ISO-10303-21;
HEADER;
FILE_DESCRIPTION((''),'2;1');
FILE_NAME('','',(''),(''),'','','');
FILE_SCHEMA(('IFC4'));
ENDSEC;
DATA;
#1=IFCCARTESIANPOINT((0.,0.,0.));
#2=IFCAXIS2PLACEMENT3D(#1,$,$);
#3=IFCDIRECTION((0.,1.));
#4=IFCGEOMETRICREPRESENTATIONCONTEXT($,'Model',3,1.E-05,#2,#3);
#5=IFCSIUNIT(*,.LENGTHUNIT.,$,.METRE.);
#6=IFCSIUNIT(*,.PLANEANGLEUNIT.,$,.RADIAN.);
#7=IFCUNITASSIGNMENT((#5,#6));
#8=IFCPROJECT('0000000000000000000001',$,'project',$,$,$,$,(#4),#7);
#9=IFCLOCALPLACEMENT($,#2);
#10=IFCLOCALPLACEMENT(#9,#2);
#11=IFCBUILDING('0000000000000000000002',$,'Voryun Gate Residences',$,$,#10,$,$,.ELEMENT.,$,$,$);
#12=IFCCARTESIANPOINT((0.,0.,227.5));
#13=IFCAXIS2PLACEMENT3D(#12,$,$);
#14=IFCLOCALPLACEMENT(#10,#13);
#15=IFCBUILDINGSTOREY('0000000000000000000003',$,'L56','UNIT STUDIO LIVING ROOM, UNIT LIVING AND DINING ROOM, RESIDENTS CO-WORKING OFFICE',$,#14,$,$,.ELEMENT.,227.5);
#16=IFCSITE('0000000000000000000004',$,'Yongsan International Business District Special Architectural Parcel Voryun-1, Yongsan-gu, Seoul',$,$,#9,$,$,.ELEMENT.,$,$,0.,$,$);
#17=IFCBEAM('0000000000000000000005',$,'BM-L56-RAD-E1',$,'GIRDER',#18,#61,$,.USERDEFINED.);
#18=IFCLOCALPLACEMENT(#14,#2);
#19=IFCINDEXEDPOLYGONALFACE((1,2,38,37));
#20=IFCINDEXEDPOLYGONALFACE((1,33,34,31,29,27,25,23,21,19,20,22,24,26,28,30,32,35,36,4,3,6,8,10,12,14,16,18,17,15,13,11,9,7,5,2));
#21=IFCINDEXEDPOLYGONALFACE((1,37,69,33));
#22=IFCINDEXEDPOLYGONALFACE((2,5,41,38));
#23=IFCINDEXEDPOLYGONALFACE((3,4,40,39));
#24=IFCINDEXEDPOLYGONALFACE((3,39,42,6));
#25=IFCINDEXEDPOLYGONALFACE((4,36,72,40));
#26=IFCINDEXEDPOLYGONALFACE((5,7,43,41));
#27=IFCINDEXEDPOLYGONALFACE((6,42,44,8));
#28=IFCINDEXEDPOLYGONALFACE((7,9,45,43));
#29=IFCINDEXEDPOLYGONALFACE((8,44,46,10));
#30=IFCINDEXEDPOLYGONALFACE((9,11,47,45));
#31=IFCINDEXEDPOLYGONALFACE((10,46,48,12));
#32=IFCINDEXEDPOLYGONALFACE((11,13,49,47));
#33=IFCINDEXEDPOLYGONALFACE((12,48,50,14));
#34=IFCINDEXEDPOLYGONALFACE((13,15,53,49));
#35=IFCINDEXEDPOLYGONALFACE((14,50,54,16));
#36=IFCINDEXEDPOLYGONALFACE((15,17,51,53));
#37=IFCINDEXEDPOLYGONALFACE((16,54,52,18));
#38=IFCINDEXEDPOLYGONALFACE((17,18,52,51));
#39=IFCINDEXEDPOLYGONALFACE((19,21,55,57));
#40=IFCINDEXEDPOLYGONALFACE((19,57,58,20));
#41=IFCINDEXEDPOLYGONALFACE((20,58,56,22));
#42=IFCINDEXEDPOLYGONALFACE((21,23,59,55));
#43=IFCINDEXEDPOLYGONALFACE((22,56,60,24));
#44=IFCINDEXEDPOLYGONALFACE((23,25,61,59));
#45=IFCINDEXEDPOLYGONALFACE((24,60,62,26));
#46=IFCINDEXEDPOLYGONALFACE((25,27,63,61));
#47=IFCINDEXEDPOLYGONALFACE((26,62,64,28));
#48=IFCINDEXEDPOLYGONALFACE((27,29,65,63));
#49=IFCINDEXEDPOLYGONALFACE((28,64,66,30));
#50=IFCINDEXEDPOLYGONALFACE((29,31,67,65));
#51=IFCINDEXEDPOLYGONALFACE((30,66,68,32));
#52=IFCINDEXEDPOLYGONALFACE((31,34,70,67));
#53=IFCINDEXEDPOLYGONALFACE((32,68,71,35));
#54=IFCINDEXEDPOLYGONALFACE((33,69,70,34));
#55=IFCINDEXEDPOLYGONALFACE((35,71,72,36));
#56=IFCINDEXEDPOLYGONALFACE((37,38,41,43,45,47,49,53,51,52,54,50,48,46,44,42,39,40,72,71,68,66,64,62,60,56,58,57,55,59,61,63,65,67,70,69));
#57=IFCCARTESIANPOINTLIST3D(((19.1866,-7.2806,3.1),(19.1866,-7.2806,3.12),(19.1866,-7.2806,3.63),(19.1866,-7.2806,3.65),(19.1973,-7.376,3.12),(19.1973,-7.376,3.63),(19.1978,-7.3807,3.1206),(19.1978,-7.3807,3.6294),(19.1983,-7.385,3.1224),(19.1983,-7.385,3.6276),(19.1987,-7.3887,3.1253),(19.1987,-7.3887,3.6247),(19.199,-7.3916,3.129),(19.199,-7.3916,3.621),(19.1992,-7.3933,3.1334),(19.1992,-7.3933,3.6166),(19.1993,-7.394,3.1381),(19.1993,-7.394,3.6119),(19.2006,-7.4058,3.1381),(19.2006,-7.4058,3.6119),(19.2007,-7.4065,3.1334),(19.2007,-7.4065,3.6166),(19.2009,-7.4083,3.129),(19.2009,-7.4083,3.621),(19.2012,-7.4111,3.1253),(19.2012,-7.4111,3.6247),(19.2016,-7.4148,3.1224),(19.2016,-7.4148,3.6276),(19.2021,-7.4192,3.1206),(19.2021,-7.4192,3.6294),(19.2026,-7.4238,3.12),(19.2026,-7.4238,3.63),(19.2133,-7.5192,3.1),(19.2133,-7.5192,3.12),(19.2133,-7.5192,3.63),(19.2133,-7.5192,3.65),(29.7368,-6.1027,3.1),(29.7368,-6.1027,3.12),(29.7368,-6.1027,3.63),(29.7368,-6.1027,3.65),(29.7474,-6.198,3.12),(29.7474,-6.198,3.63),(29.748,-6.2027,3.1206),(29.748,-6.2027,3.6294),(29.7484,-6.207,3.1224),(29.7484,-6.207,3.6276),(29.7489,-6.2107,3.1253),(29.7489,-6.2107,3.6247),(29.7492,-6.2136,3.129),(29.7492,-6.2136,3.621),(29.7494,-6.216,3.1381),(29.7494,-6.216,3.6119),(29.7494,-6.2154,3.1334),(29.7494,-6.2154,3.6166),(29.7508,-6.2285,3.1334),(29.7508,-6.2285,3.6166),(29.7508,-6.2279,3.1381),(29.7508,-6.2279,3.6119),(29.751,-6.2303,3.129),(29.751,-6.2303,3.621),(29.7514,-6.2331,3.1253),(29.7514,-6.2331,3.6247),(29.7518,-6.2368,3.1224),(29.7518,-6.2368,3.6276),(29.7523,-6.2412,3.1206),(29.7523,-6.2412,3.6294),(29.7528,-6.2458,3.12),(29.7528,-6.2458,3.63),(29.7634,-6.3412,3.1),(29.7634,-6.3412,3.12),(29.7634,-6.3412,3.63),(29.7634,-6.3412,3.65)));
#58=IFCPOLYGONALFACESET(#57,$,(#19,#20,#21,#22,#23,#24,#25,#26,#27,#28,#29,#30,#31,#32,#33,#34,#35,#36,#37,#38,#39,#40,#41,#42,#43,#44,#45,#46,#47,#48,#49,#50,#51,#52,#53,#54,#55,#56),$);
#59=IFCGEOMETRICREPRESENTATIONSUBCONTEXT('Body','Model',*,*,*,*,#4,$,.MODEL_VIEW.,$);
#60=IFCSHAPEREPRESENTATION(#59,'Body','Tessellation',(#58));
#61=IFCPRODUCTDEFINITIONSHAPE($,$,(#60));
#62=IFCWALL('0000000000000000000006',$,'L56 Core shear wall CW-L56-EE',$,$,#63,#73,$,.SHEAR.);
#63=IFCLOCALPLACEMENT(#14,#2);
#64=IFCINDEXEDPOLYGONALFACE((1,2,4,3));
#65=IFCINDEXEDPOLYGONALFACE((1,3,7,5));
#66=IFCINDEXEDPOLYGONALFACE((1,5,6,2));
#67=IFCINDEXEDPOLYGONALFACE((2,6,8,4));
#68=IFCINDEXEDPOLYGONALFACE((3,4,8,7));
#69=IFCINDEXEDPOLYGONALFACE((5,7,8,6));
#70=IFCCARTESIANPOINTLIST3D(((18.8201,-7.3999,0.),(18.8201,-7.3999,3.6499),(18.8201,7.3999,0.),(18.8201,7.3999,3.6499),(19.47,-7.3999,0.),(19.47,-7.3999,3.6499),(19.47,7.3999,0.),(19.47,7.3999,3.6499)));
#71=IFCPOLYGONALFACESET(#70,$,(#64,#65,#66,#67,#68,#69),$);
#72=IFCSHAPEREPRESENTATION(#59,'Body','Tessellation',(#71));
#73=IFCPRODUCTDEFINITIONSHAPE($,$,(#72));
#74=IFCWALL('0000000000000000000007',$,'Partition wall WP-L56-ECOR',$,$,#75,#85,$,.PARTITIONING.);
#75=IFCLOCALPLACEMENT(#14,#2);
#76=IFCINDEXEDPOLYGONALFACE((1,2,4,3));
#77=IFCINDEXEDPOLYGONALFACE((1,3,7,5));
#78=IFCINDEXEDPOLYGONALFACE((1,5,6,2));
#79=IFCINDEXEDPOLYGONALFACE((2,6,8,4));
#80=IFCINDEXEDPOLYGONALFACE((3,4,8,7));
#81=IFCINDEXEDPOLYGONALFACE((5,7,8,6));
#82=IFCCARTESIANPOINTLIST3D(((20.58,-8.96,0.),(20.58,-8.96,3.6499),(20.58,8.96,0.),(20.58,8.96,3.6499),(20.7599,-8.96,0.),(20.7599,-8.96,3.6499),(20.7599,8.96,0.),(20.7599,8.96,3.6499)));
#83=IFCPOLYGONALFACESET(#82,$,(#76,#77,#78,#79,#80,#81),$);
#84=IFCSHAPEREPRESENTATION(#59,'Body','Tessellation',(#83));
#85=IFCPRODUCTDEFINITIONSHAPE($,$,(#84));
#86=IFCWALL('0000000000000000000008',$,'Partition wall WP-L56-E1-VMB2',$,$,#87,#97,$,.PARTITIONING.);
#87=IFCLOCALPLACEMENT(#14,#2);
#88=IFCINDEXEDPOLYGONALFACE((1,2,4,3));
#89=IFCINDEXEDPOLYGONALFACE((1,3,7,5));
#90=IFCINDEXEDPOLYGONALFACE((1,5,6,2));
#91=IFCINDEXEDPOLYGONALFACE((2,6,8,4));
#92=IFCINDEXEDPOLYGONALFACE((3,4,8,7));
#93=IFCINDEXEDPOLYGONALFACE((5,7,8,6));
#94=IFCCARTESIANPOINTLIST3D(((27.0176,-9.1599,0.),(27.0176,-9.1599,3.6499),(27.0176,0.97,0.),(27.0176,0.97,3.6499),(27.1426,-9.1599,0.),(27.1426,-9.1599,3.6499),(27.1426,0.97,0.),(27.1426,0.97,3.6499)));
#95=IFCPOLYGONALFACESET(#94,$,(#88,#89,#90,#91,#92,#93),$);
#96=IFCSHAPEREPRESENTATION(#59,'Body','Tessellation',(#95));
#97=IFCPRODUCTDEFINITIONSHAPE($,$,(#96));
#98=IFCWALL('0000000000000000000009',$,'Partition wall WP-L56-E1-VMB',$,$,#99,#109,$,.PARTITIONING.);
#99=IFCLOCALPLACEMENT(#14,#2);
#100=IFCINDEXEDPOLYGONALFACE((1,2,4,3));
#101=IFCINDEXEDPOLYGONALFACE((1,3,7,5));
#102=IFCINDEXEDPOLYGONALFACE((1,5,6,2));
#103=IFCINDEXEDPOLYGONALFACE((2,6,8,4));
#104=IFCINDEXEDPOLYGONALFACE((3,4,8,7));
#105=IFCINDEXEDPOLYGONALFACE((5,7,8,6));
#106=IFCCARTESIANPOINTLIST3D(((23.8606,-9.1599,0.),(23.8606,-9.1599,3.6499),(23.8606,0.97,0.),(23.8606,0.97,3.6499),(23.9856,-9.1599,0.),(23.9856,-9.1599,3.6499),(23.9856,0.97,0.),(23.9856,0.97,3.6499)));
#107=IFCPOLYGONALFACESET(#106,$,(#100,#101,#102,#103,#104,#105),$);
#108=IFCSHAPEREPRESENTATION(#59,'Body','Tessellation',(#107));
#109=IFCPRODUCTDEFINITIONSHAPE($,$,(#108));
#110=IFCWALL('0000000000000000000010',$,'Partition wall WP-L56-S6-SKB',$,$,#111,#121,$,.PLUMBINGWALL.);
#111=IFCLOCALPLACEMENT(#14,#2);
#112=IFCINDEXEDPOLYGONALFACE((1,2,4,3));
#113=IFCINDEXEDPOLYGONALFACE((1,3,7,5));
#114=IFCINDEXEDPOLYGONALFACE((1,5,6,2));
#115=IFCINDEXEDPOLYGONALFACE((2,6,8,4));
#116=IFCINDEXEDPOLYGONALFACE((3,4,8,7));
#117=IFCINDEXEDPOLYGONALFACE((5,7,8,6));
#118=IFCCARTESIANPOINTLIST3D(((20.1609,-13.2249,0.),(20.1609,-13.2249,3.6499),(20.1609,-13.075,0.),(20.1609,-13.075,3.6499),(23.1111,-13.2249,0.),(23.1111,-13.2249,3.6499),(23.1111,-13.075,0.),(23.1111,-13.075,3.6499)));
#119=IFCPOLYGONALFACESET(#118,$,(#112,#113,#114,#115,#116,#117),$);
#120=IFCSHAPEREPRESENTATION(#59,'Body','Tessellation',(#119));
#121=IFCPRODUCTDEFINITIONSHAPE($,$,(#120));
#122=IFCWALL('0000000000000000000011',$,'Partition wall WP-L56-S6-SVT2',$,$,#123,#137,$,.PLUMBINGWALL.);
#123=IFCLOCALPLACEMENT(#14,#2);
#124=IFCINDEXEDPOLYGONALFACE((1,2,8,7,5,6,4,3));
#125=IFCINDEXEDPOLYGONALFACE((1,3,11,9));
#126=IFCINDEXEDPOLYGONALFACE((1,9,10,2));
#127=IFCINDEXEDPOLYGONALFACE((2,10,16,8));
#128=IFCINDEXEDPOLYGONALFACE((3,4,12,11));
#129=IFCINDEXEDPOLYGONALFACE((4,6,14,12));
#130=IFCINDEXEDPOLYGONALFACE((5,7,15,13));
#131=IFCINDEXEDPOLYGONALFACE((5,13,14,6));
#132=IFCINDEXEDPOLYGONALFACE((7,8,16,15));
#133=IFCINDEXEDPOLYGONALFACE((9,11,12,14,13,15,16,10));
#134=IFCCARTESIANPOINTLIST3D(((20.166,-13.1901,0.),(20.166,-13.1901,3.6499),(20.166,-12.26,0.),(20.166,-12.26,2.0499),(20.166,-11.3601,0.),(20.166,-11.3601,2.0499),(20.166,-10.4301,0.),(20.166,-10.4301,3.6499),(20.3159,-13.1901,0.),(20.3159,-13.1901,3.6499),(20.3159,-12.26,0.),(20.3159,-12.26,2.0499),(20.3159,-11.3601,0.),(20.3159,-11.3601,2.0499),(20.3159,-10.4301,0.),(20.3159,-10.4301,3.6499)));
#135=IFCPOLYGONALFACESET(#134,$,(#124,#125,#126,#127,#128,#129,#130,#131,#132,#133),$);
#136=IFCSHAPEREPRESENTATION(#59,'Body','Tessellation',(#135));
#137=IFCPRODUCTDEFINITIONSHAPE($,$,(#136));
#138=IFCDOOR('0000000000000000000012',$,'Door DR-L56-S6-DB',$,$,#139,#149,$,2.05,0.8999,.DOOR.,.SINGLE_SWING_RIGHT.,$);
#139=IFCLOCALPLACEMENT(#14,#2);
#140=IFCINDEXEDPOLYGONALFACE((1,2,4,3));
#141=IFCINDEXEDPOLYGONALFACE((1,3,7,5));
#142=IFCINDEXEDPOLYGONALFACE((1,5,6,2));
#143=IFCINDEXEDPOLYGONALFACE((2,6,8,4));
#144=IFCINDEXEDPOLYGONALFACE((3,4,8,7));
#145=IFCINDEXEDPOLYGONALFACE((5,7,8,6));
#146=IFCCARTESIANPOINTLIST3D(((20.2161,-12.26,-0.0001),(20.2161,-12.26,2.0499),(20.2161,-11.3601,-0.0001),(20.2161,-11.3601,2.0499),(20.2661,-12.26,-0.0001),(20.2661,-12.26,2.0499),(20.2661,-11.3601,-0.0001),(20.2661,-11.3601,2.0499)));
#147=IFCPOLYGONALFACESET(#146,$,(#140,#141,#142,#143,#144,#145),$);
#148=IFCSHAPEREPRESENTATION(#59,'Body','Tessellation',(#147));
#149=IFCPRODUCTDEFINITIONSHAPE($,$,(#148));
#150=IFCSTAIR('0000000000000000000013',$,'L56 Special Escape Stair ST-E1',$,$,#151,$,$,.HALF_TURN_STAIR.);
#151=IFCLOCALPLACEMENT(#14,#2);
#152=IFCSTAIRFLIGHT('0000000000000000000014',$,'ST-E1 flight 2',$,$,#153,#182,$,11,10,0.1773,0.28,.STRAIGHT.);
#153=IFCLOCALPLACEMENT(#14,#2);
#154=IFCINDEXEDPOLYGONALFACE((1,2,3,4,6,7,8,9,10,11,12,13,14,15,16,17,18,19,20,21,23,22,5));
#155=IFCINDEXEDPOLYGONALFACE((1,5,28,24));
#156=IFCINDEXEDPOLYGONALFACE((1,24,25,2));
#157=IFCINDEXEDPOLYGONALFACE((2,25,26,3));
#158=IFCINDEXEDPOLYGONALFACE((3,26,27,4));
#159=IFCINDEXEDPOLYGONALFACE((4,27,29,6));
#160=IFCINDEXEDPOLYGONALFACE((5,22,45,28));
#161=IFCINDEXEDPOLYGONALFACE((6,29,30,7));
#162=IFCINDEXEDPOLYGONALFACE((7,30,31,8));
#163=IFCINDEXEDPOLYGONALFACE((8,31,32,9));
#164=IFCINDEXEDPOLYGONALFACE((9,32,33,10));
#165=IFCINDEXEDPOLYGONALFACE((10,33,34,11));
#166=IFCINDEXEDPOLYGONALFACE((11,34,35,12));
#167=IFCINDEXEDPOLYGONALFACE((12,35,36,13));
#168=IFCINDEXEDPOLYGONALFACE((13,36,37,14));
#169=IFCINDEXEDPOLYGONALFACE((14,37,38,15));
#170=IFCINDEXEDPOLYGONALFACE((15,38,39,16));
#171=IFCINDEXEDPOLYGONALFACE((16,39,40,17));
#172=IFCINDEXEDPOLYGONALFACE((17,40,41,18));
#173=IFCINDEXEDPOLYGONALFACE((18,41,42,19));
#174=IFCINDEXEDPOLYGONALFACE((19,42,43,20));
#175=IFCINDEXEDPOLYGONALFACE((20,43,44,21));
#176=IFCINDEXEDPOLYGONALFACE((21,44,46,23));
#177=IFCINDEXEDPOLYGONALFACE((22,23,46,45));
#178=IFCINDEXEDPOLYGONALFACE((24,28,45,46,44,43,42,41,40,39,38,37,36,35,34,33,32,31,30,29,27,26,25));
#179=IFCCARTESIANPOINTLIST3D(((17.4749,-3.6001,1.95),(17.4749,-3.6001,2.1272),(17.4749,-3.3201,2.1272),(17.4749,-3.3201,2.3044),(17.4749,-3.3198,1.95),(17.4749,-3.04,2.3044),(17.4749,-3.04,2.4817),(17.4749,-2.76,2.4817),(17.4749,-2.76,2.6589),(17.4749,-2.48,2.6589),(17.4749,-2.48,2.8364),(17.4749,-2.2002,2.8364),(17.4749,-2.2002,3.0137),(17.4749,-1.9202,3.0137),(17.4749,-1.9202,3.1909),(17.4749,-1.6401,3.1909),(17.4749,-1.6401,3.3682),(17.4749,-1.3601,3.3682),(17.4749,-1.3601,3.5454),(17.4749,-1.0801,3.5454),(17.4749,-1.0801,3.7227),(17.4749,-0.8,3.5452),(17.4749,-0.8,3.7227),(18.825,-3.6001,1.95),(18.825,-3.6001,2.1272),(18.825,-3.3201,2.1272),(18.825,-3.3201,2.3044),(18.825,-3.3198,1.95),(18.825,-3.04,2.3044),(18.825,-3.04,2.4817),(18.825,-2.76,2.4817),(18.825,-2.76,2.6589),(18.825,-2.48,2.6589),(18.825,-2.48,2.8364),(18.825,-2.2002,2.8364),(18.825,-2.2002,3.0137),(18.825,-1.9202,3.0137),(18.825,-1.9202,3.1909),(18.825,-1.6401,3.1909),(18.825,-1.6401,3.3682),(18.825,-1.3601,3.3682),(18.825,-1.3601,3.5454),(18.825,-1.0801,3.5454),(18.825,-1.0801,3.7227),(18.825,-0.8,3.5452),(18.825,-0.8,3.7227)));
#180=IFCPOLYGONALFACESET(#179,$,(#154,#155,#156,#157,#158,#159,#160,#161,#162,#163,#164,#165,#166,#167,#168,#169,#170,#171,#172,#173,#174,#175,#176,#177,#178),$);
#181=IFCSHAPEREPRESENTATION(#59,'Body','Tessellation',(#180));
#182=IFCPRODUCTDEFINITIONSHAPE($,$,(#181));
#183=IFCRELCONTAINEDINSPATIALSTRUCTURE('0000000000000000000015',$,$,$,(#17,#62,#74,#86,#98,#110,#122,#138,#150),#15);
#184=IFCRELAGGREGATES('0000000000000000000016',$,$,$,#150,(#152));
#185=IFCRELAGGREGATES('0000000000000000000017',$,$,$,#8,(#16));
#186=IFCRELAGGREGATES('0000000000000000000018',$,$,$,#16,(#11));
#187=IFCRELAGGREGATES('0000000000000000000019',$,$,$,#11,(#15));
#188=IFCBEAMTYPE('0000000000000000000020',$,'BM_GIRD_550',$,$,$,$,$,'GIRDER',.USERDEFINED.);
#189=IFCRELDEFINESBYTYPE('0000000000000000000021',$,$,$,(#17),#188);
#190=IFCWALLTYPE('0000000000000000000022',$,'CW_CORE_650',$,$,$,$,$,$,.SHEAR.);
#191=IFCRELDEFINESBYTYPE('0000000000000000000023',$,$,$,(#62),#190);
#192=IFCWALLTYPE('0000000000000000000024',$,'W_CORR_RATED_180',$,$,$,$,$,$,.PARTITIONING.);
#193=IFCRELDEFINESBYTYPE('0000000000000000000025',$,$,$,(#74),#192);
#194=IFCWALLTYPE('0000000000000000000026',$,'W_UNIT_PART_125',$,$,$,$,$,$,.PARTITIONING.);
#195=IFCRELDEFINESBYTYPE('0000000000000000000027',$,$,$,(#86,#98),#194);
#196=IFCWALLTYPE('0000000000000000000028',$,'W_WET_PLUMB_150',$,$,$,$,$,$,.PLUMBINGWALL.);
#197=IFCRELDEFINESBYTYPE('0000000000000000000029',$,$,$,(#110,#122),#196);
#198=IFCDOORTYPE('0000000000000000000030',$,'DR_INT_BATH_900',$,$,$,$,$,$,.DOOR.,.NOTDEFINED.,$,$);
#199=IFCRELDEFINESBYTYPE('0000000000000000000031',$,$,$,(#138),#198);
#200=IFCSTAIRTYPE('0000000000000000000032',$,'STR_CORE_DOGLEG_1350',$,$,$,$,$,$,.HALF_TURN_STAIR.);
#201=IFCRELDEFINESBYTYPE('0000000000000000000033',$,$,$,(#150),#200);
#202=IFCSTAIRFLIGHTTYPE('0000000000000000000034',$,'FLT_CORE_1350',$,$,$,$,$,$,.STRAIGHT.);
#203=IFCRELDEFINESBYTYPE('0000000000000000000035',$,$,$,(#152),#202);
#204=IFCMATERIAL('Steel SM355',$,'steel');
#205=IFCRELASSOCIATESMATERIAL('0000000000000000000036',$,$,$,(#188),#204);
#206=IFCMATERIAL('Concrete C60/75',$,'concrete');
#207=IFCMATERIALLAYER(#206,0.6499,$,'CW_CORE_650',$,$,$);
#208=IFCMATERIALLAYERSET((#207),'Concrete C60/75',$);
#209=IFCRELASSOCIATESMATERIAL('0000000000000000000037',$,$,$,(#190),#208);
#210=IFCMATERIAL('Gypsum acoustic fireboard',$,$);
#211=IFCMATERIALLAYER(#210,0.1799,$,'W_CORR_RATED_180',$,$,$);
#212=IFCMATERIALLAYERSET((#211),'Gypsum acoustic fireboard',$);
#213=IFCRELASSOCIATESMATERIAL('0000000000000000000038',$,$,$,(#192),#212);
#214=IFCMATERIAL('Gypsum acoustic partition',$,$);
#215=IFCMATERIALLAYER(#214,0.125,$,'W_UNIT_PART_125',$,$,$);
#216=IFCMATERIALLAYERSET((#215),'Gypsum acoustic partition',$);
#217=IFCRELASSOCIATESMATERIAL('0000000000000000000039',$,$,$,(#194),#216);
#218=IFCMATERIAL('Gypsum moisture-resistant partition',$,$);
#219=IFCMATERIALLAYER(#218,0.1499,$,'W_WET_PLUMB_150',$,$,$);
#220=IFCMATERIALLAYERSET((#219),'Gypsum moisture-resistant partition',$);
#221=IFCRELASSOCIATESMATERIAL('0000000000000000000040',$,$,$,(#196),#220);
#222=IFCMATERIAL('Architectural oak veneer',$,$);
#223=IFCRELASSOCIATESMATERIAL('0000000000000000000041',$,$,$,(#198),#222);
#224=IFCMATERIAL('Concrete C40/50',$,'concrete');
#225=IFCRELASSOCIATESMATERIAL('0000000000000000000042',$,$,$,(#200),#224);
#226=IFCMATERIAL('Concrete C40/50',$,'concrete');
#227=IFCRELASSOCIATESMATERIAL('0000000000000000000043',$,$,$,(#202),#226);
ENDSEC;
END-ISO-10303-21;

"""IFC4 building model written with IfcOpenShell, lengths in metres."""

from ifc_helpers import new_model, si_unit, direction, frame, frame_2d, origin, origin_2d, place, context, subcontext, project, spatial, polyline, rectangle, i_section, outline, extrude, material, layer, layer_set, material_profile, profile_set, type_object, element, fill, aggregate, save


model = new_model("IFC4")

# Units and contexts
model_context = context("Model", 3, precision=1e-05, world=origin(), true_north=direction((0.0, 1.0)))
body_context = subcontext(model_context, "Body", "Model", "MODEL_VIEW")
ifc_project = project(units=[si_unit("LENGTHUNIT", "METRE"), si_unit("PLANEANGLEUNIT", "RADIAN")], contexts=[model_context])

# Site, building, storey
site_placement = place(None, origin())
site = spatial("IfcSite", under=ifc_project, at=site_placement, Name="Yongsan International Business District Special Architectural Parcel Voryun-1, Yongsan-gu, Seoul", CompositionType="ELEMENT", RefElevation=0.0)
building_placement = place(site_placement, origin())
building = spatial("IfcBuilding", under=site, at=building_placement, Name="Voryun Gate Residences", CompositionType="ELEMENT")
storey_placement = place(building_placement, frame((0.0, 0.0, 227.5)))
storey = spatial("IfcBuildingStorey", under=building, at=storey_placement, Name="L56", Description="UNIT STUDIO LIVING ROOM, UNIT LIVING AND DINING ROOM, RESIDENTS CO-WORKING OFFICE", CompositionType="ELEMENT", Elevation=227.5)

# Beam
ifc_material_1 = material(Name="Steel SM355", Category="steel")
ifc_material_profile_1 = material_profile(ifc_material_1, i_section(OverallWidth=0.24, OverallDepth=0.55, WebThickness=0.012, FlangeThickness=0.02, FilletRadius=0.0181, at=origin_2d()), Name="H-550x240x12x20")
ifc_profile_set_1 = profile_set([ifc_material_profile_1], Name="Steel SM355")
beam_type_1 = type_object("IfcBeamType", Name="BM_GIRD_550", ElementType="GIRDER", PredefinedType="USERDEFINED", material=ifc_profile_set_1)
beam_1_placement = place(storey_placement, frame((19.2, -7.3999, 3.375), z_axis=(0.993824, 0.110967, 0.0), x_axis=(-0.110967, 0.993824, 0.0)))
element("IfcBeam", 1, at=beam_1_placement, inside=storey, type_object=beam_type_1, Name="BM-L56-RAD-E1", ObjectType="GIRDER", PredefinedType="USERDEFINED", context=body_context, shape_type="SweptSolid", body=[
    extrude(i_section(OverallWidth=0.24, OverallDepth=0.55, WebThickness=0.012, FlangeThickness=0.02, FilletRadius=0.0181, at=origin_2d()), origin(), (0.0, 0.0, 1.0), 10.6157),
])

# Walls
ifc_material_2 = material(Name="Concrete C60/75", Category="concrete")
ifc_layer_1 = layer(ifc_material_2, 0.6499, Name="CW_CORE_650")
ifc_layer_set_1 = layer_set([ifc_layer_1], Name="Concrete C60/75")
wall_type_1 = type_object("IfcWallType", Name="CW_CORE_650", PredefinedType="SHEAR", material=ifc_layer_set_1)
wall_1_placement = place(storey_placement, frame((19.145, -7.3999, 0.0), z_axis=(0.0, 0.0, 1.0), x_axis=(0.0, 1.0, 0.0)))
element("IfcWall", 2, at=wall_1_placement, inside=storey, type_object=wall_type_1, Name="L56 Core shear wall CW-L56-EE", PredefinedType="SHEAR", context=body_context, shape_type="SweptSolid", body=[
    extrude(rectangle(XDim=14.7998, YDim=0.6499, at=frame_2d((7.3999, 0.0))), origin(), (0.0, 0.0, 1.0), 3.6499),
])
ifc_material_3 = material(Name="Gypsum acoustic fireboard")
ifc_layer_2 = layer(ifc_material_3, 0.1799, Name="W_CORR_RATED_180")
ifc_layer_set_2 = layer_set([ifc_layer_2], Name="Gypsum acoustic fireboard")
wall_type_2 = type_object("IfcWallType", Name="W_CORR_RATED_180", PredefinedType="PARTITIONING", material=ifc_layer_set_2)
wall_2_placement = place(storey_placement, frame((20.6699, -8.96, 0.0), z_axis=(0.0, 0.0, 1.0), x_axis=(0.0, 1.0, 0.0)))
element("IfcWall", 3, at=wall_2_placement, inside=storey, type_object=wall_type_2, Name="Partition wall WP-L56-ECOR", PredefinedType="PARTITIONING", context=body_context, shape_type="SweptSolid", body=[
    extrude(rectangle(XDim=17.9199, YDim=0.1799, at=frame_2d((8.96, 0.0))), origin(), (0.0, 0.0, 1.0), 3.6499),
])
ifc_material_4 = material(Name="Gypsum acoustic partition")
ifc_layer_3 = layer(ifc_material_4, 0.125, Name="W_UNIT_PART_125")
ifc_layer_set_3 = layer_set([ifc_layer_3], Name="Gypsum acoustic partition")
wall_type_3 = type_object("IfcWallType", Name="W_UNIT_PART_125", PredefinedType="PARTITIONING", material=ifc_layer_set_3)
for number, where, z_axis, x_axis, name in (
    (4, (27.0801, -9.1599, 0.0), (0.0, 0.0, 1.0), (0.0, 1.0, 0.0), "Partition wall WP-L56-E1-VMB2"),
    (5, (23.9231, -9.1599, 0.0), (0.0, 0.0, 1.0), (0.0, 1.0, 0.0), "Partition wall WP-L56-E1-VMB"),
):
    element("IfcWall", number, at=place(storey_placement, frame(where, z_axis=z_axis, x_axis=x_axis)), inside=storey, type_object=wall_type_3, Name=name, PredefinedType="PARTITIONING", context=body_context, shape_type="SweptSolid", body=[
        extrude(rectangle(XDim=10.1299, YDim=0.125, at=frame_2d((5.0649, 0.0))), origin(), (0.0, 0.0, 1.0), 3.6499),
    ])
ifc_material_5 = material(Name="Gypsum moisture-resistant partition")
ifc_layer_4 = layer(ifc_material_5, 0.1499, Name="W_WET_PLUMB_150")
ifc_layer_set_4 = layer_set([ifc_layer_4], Name="Gypsum moisture-resistant partition")
wall_type_4 = type_object("IfcWallType", Name="W_WET_PLUMB_150", PredefinedType="PLUMBINGWALL", material=ifc_layer_set_4)
wall_3_placement = place(storey_placement, frame((20.1609, -13.1499, 0.0), z_axis=(0.0, 0.0, 1.0), x_axis=(1.0, 0.0, 0.0)))
element("IfcWall", 6, at=wall_3_placement, inside=storey, type_object=wall_type_4, Name="Partition wall WP-L56-S6-SKB", PredefinedType="PLUMBINGWALL", context=body_context, shape_type="SweptSolid", body=[
    extrude(rectangle(XDim=2.9502, YDim=0.1499, at=frame_2d((1.4751, 0.0))), origin(), (0.0, 0.0, 1.0), 3.6499),
])

# Wall, opening, door
wall_4_placement = place(storey_placement, frame((20.241, -13.1899, 0.0), z_axis=(0.0, 0.0, 1.0), x_axis=(0.0, 1.0, 0.0)))
wall_4 = element("IfcWall", 7, at=wall_4_placement, inside=storey, type_object=wall_type_4, Name="Partition wall WP-L56-S6-SVT2", PredefinedType="PLUMBINGWALL", context=body_context, shape_type="SweptSolid", body=[
    extrude(rectangle(XDim=2.76, YDim=0.1499, at=frame_2d((1.3799, 0.0))), origin(), (0.0, 0.0, 1.0), 3.6499),
])
opening_placement = place(wall_4_placement, frame((0.9299, 0.0, 0.0)))
opening = element("IfcOpeningElement", 8, at=opening_placement, cuts=wall_4, PredefinedType="OPENING", context=body_context, shape_type="SweptSolid", body=[
    extrude(rectangle(XDim=0.8999, YDim=2.05, at=frame_2d((0.45, 1.0249))), frame((0.0, 0.085, 0.0), z_axis=(0.0, -1.0, 0.0), x_axis=(1.0, 0.0, 0.0)), (0.0, 0.0, 1.0), 0.1699),
])
ifc_material_6 = material(Name="Architectural oak veneer")
door_type = type_object("IfcDoorType", Name="DR_INT_BATH_900", OperationType="NOTDEFINED", PredefinedType="DOOR", material=ifc_material_6)
door_placement = place(opening_placement, origin())
door = element("IfcDoor", 9, at=door_placement, inside=storey, type_object=door_type, Name="Door DR-L56-S6-DB", OperationType="SINGLE_SWING_RIGHT", OverallHeight=2.05, OverallWidth=0.8999, PredefinedType="DOOR", context=body_context, shape_type="SweptSolid", body=[
    extrude(rectangle(XDim=0.8999, YDim=2.05, at=frame_2d((0.45, 1.0249))), frame((0.0, 0.0249, 0.0), z_axis=(0.0, -1.0, 0.0), x_axis=(1.0, 0.0, 0.0)), (0.0, 0.0, 1.0), 0.05),
])
fill(opening, door)

# Stair, stair flight
ifc_material_7 = material(Name="Concrete C40/50", Category="concrete")
stair_type = type_object("IfcStairType", Name="STR_CORE_DOGLEG_1350", PredefinedType="HALF_TURN_STAIR", material=ifc_material_7)
stair_placement = place(storey_placement, origin())
stair = element("IfcStair", 10, at=stair_placement, inside=storey, type_object=stair_type, Name="L56 Special Escape Stair ST-E1", PredefinedType="HALF_TURN_STAIR")
ifc_material_8 = material(Name="Concrete C40/50", Category="concrete")
stair_flight_type = type_object("IfcStairFlightType", Name="FLT_CORE_1350", PredefinedType="STRAIGHT", material=ifc_material_8)
stair_flight_placement = place(storey_placement, frame((18.1499, -3.6001, 1.95), z_axis=(0.0, 0.0, 1.0), x_axis=(0.0, 1.0, 0.0)))
stair_flight = element("IfcStairFlight", 11, at=stair_flight_placement, type_object=stair_flight_type, Name="ST-E1 flight 2", NumberOfRisers=11, NumberOfTreads=10, PredefinedType="STRAIGHT", RiserHeight=0.1773, TreadLength=0.28, context=body_context, shape_type="SweptSolid", body=[
    extrude(outline(polyline([(0.0, 0.0), (0.0, 0.1772), (0.28, 0.1772), (0.28, 0.3545), (0.5601, 0.3545), (0.5601, 0.5317), (0.8401, 0.5317), (0.8401, 0.709), (1.1201, 0.709), (1.1201, 0.8865), (1.3999, 0.8865), (1.3999, 1.0637), (1.6799, 1.0637), (1.6799, 1.241), (1.96, 1.241), (1.96, 1.4182), (2.24, 1.4182), (2.24, 1.5955), (2.52, 1.5955), (2.52, 1.7727), (2.8, 1.7727), (2.8, 1.95), (2.8, 1.5952), (0.2803, 0.0), (0.0, 0.0)])), frame((0.0, 0.675, 0.0), z_axis=(0.0, -1.0, 0.0), x_axis=(1.0, 0.0, 0.0)), (0.0, 0.0, 1.0), 1.3501),
])
aggregate(stair, [stair_flight])

save(model, "model.ifc")
